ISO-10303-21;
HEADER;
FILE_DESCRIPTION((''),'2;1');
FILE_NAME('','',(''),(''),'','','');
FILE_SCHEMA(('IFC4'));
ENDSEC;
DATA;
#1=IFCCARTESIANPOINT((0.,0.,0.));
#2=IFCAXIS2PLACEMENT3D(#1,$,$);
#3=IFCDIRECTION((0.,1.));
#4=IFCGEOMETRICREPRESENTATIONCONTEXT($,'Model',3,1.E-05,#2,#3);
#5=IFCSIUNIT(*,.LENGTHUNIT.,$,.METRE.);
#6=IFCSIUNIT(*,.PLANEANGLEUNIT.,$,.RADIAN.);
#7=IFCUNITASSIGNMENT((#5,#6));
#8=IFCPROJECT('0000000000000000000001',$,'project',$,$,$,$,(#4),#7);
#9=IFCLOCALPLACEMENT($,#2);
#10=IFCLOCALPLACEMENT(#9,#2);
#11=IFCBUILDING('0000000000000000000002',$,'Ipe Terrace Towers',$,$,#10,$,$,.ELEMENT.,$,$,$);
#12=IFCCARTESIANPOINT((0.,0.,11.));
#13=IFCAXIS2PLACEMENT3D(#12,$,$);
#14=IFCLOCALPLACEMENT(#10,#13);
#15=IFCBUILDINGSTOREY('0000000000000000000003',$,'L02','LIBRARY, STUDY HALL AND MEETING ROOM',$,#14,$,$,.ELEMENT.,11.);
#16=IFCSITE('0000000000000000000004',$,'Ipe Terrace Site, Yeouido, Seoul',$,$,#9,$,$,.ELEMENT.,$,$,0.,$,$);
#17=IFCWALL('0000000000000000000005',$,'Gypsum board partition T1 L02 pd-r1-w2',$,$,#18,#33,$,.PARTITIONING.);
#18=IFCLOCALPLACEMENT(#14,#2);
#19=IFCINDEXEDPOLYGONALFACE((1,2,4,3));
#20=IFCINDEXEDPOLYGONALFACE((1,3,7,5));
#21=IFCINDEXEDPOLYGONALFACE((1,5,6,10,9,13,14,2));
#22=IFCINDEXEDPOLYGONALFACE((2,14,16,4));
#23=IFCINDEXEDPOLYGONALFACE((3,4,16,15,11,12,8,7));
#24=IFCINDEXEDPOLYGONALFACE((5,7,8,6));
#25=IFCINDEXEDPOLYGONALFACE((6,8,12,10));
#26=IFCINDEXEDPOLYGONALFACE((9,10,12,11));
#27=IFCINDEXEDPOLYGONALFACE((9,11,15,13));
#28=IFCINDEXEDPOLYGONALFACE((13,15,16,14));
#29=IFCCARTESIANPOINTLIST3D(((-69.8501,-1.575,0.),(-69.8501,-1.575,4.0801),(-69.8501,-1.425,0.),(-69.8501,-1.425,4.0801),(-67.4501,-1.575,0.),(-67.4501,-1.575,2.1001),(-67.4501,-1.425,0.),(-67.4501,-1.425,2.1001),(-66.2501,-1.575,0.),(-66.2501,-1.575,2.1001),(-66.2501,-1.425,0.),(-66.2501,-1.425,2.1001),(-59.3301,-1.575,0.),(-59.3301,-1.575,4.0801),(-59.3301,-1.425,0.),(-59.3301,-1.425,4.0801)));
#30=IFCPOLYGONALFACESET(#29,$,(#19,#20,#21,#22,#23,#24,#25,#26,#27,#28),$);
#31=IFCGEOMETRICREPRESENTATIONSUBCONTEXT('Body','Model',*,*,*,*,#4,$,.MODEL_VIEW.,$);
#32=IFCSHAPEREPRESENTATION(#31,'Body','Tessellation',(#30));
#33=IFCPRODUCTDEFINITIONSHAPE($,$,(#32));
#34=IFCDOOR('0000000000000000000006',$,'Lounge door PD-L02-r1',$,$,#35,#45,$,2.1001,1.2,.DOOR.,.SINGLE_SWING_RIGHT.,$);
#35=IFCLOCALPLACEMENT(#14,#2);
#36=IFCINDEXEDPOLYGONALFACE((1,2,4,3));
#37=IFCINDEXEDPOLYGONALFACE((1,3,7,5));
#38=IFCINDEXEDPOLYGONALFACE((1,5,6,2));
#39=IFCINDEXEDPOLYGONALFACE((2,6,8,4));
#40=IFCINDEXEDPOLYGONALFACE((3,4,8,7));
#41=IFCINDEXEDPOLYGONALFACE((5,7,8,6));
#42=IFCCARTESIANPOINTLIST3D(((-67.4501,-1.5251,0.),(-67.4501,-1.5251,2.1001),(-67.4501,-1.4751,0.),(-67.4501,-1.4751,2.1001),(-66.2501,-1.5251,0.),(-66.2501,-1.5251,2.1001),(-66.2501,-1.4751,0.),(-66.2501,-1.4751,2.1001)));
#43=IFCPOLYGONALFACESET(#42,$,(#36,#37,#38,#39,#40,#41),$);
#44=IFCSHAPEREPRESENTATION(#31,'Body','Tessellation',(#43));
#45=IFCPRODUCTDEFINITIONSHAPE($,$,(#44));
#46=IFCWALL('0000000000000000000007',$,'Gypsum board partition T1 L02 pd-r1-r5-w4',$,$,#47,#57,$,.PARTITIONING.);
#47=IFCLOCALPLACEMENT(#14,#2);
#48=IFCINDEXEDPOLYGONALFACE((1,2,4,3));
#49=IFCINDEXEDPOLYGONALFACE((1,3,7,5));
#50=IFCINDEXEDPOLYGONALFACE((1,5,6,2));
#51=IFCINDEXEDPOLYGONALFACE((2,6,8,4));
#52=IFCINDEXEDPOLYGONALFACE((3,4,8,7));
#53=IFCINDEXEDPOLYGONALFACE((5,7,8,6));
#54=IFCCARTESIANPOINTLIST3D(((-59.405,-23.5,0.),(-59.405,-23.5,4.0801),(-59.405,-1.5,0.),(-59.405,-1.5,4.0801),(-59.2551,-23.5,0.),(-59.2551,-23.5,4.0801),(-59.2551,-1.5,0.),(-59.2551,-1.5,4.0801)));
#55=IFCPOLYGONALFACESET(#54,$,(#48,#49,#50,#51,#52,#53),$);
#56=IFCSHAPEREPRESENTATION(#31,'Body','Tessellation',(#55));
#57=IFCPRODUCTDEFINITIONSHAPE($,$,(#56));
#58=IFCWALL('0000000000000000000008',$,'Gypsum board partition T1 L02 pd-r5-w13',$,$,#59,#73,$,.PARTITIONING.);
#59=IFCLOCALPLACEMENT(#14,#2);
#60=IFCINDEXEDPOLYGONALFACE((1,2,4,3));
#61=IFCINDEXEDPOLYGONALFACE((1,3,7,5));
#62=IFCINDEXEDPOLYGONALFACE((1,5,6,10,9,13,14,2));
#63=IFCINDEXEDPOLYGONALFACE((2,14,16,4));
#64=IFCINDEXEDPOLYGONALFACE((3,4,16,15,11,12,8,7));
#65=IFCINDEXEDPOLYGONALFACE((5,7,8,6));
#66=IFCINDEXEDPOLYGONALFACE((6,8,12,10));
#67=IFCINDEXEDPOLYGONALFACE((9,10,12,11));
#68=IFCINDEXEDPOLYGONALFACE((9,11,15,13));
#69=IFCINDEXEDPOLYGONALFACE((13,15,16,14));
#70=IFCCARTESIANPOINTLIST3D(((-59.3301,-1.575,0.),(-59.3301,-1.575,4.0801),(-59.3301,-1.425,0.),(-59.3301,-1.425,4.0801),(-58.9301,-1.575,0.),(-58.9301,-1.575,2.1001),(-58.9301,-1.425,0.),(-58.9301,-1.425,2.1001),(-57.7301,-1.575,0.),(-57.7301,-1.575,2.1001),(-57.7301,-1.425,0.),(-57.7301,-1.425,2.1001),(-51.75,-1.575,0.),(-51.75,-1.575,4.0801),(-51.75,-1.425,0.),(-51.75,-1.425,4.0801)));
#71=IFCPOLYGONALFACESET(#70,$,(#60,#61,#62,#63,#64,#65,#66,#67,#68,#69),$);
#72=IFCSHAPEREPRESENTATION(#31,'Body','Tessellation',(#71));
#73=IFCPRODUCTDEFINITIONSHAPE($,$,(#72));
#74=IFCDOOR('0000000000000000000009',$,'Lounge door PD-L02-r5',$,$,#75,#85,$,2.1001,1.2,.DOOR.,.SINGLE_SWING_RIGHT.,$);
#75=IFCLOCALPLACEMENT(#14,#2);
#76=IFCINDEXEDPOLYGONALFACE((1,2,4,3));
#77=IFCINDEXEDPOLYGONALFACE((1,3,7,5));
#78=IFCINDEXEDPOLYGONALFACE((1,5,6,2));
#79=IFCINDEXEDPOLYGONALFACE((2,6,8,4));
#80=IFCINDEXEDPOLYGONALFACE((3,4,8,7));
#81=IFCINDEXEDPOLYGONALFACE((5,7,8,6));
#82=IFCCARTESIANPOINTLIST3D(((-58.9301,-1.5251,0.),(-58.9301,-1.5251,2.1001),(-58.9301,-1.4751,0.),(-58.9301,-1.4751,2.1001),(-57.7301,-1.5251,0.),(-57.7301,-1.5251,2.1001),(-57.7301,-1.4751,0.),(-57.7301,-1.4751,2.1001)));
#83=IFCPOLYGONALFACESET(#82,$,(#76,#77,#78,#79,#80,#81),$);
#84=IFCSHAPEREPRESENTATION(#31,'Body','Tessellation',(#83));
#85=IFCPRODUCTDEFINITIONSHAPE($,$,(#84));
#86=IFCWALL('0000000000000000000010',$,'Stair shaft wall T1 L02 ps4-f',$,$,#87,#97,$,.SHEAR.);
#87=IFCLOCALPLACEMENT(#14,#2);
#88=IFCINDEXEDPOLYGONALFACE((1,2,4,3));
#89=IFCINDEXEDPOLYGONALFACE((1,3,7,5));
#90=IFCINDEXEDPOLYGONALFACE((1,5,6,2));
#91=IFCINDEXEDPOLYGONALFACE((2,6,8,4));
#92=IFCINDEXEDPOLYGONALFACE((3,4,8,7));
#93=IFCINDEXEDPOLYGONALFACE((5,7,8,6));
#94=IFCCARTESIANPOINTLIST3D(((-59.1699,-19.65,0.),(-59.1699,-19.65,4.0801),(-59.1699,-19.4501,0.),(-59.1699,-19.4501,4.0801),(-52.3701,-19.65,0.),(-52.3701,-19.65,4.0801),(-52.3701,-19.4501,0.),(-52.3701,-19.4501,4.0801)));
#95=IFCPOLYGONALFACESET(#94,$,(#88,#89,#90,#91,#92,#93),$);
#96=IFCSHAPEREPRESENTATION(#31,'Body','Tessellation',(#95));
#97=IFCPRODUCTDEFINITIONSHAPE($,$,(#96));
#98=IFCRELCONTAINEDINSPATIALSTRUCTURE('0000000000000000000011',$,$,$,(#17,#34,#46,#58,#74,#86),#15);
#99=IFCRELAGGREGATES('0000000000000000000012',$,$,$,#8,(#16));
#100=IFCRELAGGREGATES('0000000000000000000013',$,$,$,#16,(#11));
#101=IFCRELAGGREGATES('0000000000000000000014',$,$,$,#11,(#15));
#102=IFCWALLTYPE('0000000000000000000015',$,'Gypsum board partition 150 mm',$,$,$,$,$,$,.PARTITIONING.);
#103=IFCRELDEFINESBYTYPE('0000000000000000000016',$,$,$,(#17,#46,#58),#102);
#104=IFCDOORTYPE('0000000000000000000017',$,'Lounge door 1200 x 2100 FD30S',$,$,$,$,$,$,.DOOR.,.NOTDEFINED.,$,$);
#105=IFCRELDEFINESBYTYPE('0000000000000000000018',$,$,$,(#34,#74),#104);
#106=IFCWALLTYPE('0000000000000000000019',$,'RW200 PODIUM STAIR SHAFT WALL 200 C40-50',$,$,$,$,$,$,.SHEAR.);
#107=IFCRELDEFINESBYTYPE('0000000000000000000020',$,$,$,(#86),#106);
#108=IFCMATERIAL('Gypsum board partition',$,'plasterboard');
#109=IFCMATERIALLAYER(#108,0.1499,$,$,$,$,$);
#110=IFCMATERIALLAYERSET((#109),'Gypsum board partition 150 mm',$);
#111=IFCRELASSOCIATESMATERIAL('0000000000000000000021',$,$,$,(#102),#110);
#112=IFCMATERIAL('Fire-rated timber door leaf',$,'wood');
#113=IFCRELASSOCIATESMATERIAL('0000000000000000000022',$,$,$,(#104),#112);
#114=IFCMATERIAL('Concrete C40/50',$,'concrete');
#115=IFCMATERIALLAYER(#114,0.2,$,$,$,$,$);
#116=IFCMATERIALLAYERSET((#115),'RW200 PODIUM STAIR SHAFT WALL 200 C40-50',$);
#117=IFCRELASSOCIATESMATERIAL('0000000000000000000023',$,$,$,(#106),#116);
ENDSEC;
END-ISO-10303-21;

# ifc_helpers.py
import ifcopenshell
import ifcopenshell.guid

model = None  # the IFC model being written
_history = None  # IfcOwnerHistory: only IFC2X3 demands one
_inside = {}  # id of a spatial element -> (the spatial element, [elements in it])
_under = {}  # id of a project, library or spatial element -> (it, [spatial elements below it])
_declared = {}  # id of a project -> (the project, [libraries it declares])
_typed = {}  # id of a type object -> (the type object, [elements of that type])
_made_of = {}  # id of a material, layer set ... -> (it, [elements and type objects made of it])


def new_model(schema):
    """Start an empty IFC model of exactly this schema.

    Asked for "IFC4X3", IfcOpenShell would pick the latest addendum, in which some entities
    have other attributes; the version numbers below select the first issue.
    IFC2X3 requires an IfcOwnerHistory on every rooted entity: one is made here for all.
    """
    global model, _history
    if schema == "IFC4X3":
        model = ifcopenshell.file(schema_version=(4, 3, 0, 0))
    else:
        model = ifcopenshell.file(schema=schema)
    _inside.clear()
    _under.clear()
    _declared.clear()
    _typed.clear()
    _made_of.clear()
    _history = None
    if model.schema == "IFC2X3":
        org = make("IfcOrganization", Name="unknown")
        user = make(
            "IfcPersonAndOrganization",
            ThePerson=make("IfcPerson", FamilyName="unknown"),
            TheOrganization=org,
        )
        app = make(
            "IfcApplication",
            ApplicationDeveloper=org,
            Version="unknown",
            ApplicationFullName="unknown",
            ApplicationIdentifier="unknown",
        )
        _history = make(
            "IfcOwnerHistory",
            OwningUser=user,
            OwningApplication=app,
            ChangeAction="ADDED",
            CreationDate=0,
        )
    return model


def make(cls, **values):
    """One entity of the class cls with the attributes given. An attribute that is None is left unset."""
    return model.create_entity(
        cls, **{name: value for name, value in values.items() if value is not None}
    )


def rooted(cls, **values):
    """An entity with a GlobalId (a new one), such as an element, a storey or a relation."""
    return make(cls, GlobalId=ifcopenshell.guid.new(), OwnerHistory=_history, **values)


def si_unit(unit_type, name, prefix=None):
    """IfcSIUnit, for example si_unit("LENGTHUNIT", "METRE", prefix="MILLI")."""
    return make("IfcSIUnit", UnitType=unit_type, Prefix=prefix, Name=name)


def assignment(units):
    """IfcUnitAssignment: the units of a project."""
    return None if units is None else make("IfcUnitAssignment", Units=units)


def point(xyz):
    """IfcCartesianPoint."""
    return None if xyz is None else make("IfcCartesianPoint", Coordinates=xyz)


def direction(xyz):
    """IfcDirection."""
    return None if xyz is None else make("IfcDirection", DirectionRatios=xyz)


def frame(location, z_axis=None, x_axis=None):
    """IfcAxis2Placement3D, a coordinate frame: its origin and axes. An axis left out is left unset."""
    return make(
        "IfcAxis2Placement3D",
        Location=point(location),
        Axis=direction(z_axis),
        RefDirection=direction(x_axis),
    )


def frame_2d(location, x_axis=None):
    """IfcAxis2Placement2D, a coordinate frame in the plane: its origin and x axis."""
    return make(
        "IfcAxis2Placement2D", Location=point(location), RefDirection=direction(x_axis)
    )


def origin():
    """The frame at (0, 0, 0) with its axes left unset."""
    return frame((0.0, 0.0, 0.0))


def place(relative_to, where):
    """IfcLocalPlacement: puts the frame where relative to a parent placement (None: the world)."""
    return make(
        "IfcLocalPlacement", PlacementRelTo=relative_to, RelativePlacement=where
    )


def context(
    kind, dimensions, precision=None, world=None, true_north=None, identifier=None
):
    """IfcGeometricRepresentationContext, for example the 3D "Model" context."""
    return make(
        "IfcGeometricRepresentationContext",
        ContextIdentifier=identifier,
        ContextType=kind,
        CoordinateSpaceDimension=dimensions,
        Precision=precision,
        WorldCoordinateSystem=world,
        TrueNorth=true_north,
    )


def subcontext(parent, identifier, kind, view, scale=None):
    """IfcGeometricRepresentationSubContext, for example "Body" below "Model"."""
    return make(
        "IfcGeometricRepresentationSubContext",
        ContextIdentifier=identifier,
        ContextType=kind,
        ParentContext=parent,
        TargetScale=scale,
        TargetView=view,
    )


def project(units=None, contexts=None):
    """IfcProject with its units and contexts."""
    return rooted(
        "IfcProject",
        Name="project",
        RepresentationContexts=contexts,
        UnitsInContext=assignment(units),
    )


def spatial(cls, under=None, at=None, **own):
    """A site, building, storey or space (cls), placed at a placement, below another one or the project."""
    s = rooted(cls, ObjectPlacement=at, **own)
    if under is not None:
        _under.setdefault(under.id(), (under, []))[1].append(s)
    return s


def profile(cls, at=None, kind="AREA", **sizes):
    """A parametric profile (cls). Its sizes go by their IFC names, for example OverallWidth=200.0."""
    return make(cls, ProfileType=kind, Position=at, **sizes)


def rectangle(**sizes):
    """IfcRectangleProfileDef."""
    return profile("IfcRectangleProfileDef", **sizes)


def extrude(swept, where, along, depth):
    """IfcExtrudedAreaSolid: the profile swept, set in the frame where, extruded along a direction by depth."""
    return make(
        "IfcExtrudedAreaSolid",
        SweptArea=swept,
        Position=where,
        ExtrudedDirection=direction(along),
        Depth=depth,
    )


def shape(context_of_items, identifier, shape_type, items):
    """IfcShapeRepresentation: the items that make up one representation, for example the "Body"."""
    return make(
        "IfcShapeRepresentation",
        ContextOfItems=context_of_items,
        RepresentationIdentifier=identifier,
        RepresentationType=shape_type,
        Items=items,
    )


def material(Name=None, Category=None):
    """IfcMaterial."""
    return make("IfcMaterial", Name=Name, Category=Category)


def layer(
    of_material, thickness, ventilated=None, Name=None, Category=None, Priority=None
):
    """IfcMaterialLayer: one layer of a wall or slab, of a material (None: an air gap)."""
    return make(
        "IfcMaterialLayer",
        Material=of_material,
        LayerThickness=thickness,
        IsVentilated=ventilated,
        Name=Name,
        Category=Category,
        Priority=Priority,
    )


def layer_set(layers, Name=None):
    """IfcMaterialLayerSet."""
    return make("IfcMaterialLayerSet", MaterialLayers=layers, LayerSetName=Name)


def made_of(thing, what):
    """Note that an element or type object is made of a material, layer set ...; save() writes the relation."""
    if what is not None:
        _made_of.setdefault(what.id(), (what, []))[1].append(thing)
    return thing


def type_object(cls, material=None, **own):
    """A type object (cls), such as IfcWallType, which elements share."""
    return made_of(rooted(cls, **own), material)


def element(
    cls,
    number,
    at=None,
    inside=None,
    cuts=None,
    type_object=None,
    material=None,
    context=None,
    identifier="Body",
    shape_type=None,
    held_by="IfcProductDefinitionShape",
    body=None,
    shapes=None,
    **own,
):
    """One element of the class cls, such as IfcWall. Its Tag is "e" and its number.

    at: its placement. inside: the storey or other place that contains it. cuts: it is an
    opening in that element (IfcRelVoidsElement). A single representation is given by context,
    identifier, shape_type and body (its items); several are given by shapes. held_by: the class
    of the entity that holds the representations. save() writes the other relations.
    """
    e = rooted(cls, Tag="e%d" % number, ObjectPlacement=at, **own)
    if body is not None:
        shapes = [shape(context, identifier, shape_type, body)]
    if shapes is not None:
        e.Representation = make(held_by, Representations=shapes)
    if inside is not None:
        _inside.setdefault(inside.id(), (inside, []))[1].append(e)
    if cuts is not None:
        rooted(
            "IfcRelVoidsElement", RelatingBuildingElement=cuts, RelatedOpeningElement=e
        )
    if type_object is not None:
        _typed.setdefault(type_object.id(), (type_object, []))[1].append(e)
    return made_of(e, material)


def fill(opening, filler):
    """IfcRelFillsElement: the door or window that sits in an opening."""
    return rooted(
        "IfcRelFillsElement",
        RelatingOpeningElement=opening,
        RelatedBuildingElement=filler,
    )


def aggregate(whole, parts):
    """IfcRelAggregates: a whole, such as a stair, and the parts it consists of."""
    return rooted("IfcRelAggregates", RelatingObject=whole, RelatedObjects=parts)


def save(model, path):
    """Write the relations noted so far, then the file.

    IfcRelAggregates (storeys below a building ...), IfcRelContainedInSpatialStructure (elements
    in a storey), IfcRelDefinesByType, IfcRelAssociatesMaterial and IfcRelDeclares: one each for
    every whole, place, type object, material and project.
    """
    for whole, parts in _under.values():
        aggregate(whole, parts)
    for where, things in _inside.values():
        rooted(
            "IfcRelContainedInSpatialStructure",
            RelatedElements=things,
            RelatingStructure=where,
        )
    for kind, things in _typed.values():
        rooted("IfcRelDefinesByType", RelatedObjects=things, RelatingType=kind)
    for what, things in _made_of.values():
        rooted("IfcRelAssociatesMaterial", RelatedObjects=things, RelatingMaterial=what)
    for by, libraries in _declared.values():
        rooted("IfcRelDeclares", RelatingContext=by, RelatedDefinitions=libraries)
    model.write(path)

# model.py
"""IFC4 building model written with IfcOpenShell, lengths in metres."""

from ifc_helpers import new_model, si_unit, direction, frame, frame_2d, origin, place, context, subcontext, project, spatial, rectangle, extrude, material, layer, layer_set, type_object, element, fill, save


model = new_model("IFC4")

# Units and contexts
model_context = context("Model", 3, precision=1e-05, world=origin(), true_north=direction((0.0, 1.0)))
body_context = subcontext(model_context, "Body", "Model", "MODEL_VIEW")
ifc_project = project(units=[si_unit("LENGTHUNIT", "METRE"), si_unit("PLANEANGLEUNIT", "RADIAN")], contexts=[model_context])

# Site, building, storey
site_placement = place(None, origin())
site = spatial("IfcSite", under=ifc_project, at=site_placement, Name="Ipe Terrace Site, Yeouido, Seoul", CompositionType="ELEMENT", RefElevation=0.0)
building_placement = place(site_placement, origin())
building = spatial("IfcBuilding", under=site, at=building_placement, Name="Ipe Terrace Towers", CompositionType="ELEMENT")
storey_placement = place(building_placement, frame((0.0, 0.0, 11.0)))
storey = spatial("IfcBuildingStorey", under=building, at=storey_placement, Name="L02", Description="LIBRARY, STUDY HALL AND MEETING ROOM", CompositionType="ELEMENT", Elevation=11.0)

# Wall, opening, door
ifc_material_1 = material(Name="Gypsum board partition", Category="plasterboard")
ifc_layer_1 = layer(ifc_material_1, 0.1499)
ifc_layer_set_1 = layer_set([ifc_layer_1], Name="Gypsum board partition 150 mm")
wall_type_1 = type_object("IfcWallType", Name="Gypsum board partition 150 mm", PredefinedType="PARTITIONING", material=ifc_layer_set_1)
wall_1_placement = place(storey_placement, frame((-69.8501, -1.5, 0.0), z_axis=(0.0, 0.0, 1.0), x_axis=(1.0, 0.0, 0.0)))
wall_1 = element("IfcWall", 1, at=wall_1_placement, inside=storey, type_object=wall_type_1, Name="Gypsum board partition T1 L02 pd-r1-w2", PredefinedType="PARTITIONING", context=body_context, shape_type="SweptSolid", body=[
    extrude(rectangle(XDim=10.52, YDim=0.1499, at=frame_2d((5.26, 0.0))), origin(), (0.0, 0.0, 1.0), 4.0801),
])
opening_1_placement = place(wall_1_placement, frame((2.3999, 0.0, 0.0)))
opening_1 = element("IfcOpeningElement", 2, at=opening_1_placement, cuts=wall_1, PredefinedType="OPENING", context=body_context, shape_type="SweptSolid", body=[
    extrude(rectangle(XDim=1.2, YDim=2.1001, at=frame_2d((0.6001, 1.05))), frame((0.0, 0.085, 0.0), z_axis=(0.0, -1.0, 0.0), x_axis=(1.0, 0.0, 0.0)), (0.0, 0.0, 1.0), 0.1699),
])
ifc_material_2 = material(Name="Fire-rated timber door leaf", Category="wood")
door_type = type_object("IfcDoorType", Name="Lounge door 1200 x 2100 FD30S", OperationType="NOTDEFINED", PredefinedType="DOOR", material=ifc_material_2)
door_1_placement = place(opening_1_placement, origin())
door_1 = element("IfcDoor", 3, at=door_1_placement, inside=storey, type_object=door_type, Name="Lounge door PD-L02-r1", OperationType="SINGLE_SWING_RIGHT", OverallHeight=2.1001, OverallWidth=1.2, PredefinedType="DOOR", context=body_context, shape_type="SweptSolid", body=[
    extrude(rectangle(XDim=1.2, YDim=2.1001, at=frame_2d((0.6001, 1.05))), frame((0.0, 0.0249, 0.0), z_axis=(0.0, -1.0, 0.0), x_axis=(1.0, 0.0, 0.0)), (0.0, 0.0, 1.0), 0.05),
])
fill(opening_1, door_1)

# Wall
wall_2_placement = place(storey_placement, frame((-59.3301, -1.5, 0.0), z_axis=(0.0, 0.0, 1.0), x_axis=(0.0, -1.0, 0.0)))
element("IfcWall", 4, at=wall_2_placement, inside=storey, type_object=wall_type_1, Name="Gypsum board partition T1 L02 pd-r1-r5-w4", PredefinedType="PARTITIONING", context=body_context, shape_type="SweptSolid", body=[
    extrude(rectangle(XDim=22.0, YDim=0.1499, at=frame_2d((11.0, 0.0))), origin(), (0.0, 0.0, 1.0), 4.0801),
])

# Wall, opening, door
wall_3_placement = place(storey_placement, frame((-59.3301, -1.5, 0.0), z_axis=(0.0, 0.0, 1.0), x_axis=(1.0, 0.0, 0.0)))
wall_3 = element("IfcWall", 5, at=wall_3_placement, inside=storey, type_object=wall_type_1, Name="Gypsum board partition T1 L02 pd-r5-w13", PredefinedType="PARTITIONING", context=body_context, shape_type="SweptSolid", body=[
    extrude(rectangle(XDim=7.5801, YDim=0.1499, at=frame_2d((3.79, 0.0))), origin(), (0.0, 0.0, 1.0), 4.0801),
])
opening_2_placement = place(wall_3_placement, frame((0.3999, 0.0, 0.0)))
opening_2 = element("IfcOpeningElement", 6, at=opening_2_placement, cuts=wall_3, PredefinedType="OPENING", context=body_context, shape_type="SweptSolid", body=[
    extrude(rectangle(XDim=1.2, YDim=2.1001, at=frame_2d((0.6001, 1.05))), frame((0.0, 0.085, 0.0), z_axis=(0.0, -1.0, 0.0), x_axis=(1.0, 0.0, 0.0)), (0.0, 0.0, 1.0), 0.1699),
])
door_2_placement = place(opening_2_placement, origin())
door_2 = element("IfcDoor", 7, at=door_2_placement, inside=storey, type_object=door_type, Name="Lounge door PD-L02-r5", OperationType="SINGLE_SWING_RIGHT", OverallHeight=2.1001, OverallWidth=1.2, PredefinedType="DOOR", context=body_context, shape_type="SweptSolid", body=[
    extrude(rectangle(XDim=1.2, YDim=2.1001, at=frame_2d((0.6001, 1.05))), frame((0.0, 0.0249, 0.0), z_axis=(0.0, -1.0, 0.0), x_axis=(1.0, 0.0, 0.0)), (0.0, 0.0, 1.0), 0.05),
])
fill(opening_2, door_2)

# Wall
ifc_material_3 = material(Name="Concrete C40/50", Category="concrete")
ifc_layer_2 = layer(ifc_material_3, 0.2)
ifc_layer_set_2 = layer_set([ifc_layer_2], Name="RW200 PODIUM STAIR SHAFT WALL 200 C40-50")
wall_type_2 = type_object("IfcWallType", Name="RW200 PODIUM STAIR SHAFT WALL 200 C40-50", PredefinedType="SHEAR", material=ifc_layer_set_2)
wall_4_placement = place(storey_placement, frame((-59.1699, -19.55, 0.0), z_axis=(0.0, 0.0, 1.0), x_axis=(1.0, 0.0, 0.0)))
element("IfcWall", 8, at=wall_4_placement, inside=storey, type_object=wall_type_2, Name="Stair shaft wall T1 L02 ps4-f", PredefinedType="SHEAR", context=body_context, shape_type="SweptSolid", body=[
    extrude(rectangle(XDim=6.7998, YDim=0.2, at=frame_2d((3.3999, 0.0))), origin(), (0.0, 0.0, 1.0), 4.0801),
])

save(model, "model.ifc")
